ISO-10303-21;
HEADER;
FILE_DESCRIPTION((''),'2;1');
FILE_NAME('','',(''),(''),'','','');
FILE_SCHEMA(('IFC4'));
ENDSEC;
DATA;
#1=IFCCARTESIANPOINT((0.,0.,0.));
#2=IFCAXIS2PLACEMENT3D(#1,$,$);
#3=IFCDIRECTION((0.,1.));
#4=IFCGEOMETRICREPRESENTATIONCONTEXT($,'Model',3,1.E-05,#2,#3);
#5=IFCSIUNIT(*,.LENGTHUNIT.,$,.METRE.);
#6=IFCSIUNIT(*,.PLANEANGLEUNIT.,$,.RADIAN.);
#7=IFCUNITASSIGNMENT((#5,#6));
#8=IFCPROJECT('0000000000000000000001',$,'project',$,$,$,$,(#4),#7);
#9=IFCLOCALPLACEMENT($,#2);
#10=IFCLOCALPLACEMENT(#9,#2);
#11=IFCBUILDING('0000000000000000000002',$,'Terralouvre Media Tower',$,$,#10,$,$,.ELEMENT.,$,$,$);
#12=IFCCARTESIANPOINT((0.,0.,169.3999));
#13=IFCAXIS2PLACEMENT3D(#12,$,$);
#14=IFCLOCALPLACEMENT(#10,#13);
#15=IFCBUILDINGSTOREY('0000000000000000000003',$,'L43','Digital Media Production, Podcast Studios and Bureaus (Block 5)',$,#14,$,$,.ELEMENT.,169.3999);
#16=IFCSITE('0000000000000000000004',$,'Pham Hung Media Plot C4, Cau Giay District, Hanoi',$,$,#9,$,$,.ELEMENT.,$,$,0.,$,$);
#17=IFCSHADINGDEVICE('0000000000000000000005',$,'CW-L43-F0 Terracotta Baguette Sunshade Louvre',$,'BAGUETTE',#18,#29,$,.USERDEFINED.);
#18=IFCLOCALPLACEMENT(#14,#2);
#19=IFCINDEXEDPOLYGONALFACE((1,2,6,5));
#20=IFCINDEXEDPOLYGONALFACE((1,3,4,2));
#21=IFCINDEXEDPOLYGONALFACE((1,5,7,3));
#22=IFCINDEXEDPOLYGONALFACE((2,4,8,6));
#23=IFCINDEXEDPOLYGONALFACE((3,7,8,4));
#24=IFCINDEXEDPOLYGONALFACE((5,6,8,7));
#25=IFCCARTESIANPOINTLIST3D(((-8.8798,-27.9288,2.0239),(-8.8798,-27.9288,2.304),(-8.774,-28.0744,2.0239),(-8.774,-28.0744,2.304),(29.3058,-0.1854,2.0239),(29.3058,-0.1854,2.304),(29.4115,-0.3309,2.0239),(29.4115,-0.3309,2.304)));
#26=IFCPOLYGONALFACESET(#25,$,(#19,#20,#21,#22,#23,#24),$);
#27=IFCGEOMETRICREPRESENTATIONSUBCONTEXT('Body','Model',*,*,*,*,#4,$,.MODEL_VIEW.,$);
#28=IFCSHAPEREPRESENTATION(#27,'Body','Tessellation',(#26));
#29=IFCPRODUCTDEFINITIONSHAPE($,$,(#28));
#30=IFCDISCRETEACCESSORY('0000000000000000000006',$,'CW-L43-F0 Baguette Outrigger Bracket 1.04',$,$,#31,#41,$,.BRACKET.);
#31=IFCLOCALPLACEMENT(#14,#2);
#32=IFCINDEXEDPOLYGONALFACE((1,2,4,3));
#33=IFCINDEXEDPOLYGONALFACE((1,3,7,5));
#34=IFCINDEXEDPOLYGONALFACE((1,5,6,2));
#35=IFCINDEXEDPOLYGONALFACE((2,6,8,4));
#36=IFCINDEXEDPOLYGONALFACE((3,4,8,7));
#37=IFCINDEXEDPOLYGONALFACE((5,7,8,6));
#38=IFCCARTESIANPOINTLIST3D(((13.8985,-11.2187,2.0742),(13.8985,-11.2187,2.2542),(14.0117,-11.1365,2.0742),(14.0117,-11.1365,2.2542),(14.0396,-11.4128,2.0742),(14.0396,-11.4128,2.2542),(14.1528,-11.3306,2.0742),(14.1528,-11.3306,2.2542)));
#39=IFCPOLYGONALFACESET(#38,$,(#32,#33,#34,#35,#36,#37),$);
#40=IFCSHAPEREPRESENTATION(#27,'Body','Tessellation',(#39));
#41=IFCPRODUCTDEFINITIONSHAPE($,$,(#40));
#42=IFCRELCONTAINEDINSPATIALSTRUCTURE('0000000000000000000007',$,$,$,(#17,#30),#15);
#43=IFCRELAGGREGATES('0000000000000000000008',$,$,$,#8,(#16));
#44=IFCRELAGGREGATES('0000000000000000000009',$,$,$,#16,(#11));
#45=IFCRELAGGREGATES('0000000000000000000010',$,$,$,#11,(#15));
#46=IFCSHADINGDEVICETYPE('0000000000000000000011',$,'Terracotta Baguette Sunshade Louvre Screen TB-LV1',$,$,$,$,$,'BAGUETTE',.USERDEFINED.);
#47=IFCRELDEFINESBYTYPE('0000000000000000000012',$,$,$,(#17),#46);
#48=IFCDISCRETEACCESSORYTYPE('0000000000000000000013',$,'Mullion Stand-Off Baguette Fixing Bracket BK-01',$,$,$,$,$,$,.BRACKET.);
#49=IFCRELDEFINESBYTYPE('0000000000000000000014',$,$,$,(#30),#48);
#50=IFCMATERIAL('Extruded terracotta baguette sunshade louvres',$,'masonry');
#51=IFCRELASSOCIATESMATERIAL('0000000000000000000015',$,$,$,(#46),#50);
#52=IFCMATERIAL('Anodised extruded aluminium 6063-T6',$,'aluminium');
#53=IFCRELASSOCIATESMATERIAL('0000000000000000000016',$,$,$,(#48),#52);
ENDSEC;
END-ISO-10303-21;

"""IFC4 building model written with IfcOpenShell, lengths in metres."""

from ifc_helpers import new_model, si_unit, direction, frame, origin, origin_2d, place, context, subcontext, project, spatial, rectangle, extrude, material, type_object, element, save


model = new_model("IFC4")

# Units and contexts
model_context = context("Model", 3, precision=1e-05, world=origin(), true_north=direction((0.0, 1.0)))
body_context = subcontext(model_context, "Body", "Model", "MODEL_VIEW")
ifc_project = project(units=[si_unit("LENGTHUNIT", "METRE"), si_unit("PLANEANGLEUNIT", "RADIAN")], contexts=[model_context])

# Site, building, storey
site_placement = place(None, origin())
site = spatial("IfcSite", under=ifc_project, at=site_placement, Name="Pham Hung Media Plot C4, Cau Giay District, Hanoi", CompositionType="ELEMENT", RefElevation=0.0)
building_placement = place(site_placement, origin())
building = spatial("IfcBuilding", under=site, at=building_placement, Name="Terralouvre Media Tower", CompositionType="ELEMENT")
storey_placement = place(building_placement, frame((0.0, 0.0, 169.3999)))
storey = spatial("IfcBuildingStorey", under=building, at=storey_placement, Name="L43", Description="Digital Media Production, Podcast Studios and Bureaus (Block 5)", CompositionType="ELEMENT", Elevation=169.3999)

# Shading device
ifc_material_1 = material(Name="Extruded terracotta baguette sunshade louvres", Category="masonry")
shading_device_type = type_object("IfcShadingDeviceType", Name="Terracotta Baguette Sunshade Louvre Screen TB-LV1", ElementType="BAGUETTE", PredefinedType="USERDEFINED", material=ifc_material_1)
shading_device_placement = place(storey_placement, frame((10.2659, -14.1299, 2.0239), z_axis=(0.0, 0.0, 1.0), x_axis=(0.809017, 0.587785, 0.0)))
element("IfcShadingDevice", 1, at=shading_device_placement, inside=storey, type_object=shading_device_type, Name="CW-L43-F0 Terracotta Baguette Sunshade Louvre", ObjectType="BAGUETTE", PredefinedType="USERDEFINED", context=body_context, shape_type="SweptSolid", body=[
    extrude(rectangle(XDim=47.2, YDim=0.1799, at=origin_2d()), origin(), (0.0, 0.0, 1.0), 0.28),
])

# Discrete accessory
ifc_material_2 = material(Name="Anodised extruded aluminium 6063-T6", Category="aluminium")
discrete_accessory_type = type_object("IfcDiscreteAccessoryType", Name="Mullion Stand-Off Baguette Fixing Bracket BK-01", PredefinedType="BRACKET", material=ifc_material_2)
discrete_accessory_placement = place(storey_placement, frame((14.0256, -11.2747, 2.0742), z_axis=(0.0, 0.0, 1.0), x_axis=(0.809017, 0.587785, 0.0)))
element("IfcDiscreteAccessory", 2, at=discrete_accessory_placement, inside=storey, type_object=discrete_accessory_type, Name="CW-L43-F0 Baguette Outrigger Bracket 1.04", PredefinedType="BRACKET", context=body_context, shape_type="SweptSolid", body=[
    extrude(rectangle(XDim=0.1399, YDim=0.24, at=origin_2d()), origin(), (0.0, 0.0, 1.0), 0.1799),
])

save(model, "model.ifc")
